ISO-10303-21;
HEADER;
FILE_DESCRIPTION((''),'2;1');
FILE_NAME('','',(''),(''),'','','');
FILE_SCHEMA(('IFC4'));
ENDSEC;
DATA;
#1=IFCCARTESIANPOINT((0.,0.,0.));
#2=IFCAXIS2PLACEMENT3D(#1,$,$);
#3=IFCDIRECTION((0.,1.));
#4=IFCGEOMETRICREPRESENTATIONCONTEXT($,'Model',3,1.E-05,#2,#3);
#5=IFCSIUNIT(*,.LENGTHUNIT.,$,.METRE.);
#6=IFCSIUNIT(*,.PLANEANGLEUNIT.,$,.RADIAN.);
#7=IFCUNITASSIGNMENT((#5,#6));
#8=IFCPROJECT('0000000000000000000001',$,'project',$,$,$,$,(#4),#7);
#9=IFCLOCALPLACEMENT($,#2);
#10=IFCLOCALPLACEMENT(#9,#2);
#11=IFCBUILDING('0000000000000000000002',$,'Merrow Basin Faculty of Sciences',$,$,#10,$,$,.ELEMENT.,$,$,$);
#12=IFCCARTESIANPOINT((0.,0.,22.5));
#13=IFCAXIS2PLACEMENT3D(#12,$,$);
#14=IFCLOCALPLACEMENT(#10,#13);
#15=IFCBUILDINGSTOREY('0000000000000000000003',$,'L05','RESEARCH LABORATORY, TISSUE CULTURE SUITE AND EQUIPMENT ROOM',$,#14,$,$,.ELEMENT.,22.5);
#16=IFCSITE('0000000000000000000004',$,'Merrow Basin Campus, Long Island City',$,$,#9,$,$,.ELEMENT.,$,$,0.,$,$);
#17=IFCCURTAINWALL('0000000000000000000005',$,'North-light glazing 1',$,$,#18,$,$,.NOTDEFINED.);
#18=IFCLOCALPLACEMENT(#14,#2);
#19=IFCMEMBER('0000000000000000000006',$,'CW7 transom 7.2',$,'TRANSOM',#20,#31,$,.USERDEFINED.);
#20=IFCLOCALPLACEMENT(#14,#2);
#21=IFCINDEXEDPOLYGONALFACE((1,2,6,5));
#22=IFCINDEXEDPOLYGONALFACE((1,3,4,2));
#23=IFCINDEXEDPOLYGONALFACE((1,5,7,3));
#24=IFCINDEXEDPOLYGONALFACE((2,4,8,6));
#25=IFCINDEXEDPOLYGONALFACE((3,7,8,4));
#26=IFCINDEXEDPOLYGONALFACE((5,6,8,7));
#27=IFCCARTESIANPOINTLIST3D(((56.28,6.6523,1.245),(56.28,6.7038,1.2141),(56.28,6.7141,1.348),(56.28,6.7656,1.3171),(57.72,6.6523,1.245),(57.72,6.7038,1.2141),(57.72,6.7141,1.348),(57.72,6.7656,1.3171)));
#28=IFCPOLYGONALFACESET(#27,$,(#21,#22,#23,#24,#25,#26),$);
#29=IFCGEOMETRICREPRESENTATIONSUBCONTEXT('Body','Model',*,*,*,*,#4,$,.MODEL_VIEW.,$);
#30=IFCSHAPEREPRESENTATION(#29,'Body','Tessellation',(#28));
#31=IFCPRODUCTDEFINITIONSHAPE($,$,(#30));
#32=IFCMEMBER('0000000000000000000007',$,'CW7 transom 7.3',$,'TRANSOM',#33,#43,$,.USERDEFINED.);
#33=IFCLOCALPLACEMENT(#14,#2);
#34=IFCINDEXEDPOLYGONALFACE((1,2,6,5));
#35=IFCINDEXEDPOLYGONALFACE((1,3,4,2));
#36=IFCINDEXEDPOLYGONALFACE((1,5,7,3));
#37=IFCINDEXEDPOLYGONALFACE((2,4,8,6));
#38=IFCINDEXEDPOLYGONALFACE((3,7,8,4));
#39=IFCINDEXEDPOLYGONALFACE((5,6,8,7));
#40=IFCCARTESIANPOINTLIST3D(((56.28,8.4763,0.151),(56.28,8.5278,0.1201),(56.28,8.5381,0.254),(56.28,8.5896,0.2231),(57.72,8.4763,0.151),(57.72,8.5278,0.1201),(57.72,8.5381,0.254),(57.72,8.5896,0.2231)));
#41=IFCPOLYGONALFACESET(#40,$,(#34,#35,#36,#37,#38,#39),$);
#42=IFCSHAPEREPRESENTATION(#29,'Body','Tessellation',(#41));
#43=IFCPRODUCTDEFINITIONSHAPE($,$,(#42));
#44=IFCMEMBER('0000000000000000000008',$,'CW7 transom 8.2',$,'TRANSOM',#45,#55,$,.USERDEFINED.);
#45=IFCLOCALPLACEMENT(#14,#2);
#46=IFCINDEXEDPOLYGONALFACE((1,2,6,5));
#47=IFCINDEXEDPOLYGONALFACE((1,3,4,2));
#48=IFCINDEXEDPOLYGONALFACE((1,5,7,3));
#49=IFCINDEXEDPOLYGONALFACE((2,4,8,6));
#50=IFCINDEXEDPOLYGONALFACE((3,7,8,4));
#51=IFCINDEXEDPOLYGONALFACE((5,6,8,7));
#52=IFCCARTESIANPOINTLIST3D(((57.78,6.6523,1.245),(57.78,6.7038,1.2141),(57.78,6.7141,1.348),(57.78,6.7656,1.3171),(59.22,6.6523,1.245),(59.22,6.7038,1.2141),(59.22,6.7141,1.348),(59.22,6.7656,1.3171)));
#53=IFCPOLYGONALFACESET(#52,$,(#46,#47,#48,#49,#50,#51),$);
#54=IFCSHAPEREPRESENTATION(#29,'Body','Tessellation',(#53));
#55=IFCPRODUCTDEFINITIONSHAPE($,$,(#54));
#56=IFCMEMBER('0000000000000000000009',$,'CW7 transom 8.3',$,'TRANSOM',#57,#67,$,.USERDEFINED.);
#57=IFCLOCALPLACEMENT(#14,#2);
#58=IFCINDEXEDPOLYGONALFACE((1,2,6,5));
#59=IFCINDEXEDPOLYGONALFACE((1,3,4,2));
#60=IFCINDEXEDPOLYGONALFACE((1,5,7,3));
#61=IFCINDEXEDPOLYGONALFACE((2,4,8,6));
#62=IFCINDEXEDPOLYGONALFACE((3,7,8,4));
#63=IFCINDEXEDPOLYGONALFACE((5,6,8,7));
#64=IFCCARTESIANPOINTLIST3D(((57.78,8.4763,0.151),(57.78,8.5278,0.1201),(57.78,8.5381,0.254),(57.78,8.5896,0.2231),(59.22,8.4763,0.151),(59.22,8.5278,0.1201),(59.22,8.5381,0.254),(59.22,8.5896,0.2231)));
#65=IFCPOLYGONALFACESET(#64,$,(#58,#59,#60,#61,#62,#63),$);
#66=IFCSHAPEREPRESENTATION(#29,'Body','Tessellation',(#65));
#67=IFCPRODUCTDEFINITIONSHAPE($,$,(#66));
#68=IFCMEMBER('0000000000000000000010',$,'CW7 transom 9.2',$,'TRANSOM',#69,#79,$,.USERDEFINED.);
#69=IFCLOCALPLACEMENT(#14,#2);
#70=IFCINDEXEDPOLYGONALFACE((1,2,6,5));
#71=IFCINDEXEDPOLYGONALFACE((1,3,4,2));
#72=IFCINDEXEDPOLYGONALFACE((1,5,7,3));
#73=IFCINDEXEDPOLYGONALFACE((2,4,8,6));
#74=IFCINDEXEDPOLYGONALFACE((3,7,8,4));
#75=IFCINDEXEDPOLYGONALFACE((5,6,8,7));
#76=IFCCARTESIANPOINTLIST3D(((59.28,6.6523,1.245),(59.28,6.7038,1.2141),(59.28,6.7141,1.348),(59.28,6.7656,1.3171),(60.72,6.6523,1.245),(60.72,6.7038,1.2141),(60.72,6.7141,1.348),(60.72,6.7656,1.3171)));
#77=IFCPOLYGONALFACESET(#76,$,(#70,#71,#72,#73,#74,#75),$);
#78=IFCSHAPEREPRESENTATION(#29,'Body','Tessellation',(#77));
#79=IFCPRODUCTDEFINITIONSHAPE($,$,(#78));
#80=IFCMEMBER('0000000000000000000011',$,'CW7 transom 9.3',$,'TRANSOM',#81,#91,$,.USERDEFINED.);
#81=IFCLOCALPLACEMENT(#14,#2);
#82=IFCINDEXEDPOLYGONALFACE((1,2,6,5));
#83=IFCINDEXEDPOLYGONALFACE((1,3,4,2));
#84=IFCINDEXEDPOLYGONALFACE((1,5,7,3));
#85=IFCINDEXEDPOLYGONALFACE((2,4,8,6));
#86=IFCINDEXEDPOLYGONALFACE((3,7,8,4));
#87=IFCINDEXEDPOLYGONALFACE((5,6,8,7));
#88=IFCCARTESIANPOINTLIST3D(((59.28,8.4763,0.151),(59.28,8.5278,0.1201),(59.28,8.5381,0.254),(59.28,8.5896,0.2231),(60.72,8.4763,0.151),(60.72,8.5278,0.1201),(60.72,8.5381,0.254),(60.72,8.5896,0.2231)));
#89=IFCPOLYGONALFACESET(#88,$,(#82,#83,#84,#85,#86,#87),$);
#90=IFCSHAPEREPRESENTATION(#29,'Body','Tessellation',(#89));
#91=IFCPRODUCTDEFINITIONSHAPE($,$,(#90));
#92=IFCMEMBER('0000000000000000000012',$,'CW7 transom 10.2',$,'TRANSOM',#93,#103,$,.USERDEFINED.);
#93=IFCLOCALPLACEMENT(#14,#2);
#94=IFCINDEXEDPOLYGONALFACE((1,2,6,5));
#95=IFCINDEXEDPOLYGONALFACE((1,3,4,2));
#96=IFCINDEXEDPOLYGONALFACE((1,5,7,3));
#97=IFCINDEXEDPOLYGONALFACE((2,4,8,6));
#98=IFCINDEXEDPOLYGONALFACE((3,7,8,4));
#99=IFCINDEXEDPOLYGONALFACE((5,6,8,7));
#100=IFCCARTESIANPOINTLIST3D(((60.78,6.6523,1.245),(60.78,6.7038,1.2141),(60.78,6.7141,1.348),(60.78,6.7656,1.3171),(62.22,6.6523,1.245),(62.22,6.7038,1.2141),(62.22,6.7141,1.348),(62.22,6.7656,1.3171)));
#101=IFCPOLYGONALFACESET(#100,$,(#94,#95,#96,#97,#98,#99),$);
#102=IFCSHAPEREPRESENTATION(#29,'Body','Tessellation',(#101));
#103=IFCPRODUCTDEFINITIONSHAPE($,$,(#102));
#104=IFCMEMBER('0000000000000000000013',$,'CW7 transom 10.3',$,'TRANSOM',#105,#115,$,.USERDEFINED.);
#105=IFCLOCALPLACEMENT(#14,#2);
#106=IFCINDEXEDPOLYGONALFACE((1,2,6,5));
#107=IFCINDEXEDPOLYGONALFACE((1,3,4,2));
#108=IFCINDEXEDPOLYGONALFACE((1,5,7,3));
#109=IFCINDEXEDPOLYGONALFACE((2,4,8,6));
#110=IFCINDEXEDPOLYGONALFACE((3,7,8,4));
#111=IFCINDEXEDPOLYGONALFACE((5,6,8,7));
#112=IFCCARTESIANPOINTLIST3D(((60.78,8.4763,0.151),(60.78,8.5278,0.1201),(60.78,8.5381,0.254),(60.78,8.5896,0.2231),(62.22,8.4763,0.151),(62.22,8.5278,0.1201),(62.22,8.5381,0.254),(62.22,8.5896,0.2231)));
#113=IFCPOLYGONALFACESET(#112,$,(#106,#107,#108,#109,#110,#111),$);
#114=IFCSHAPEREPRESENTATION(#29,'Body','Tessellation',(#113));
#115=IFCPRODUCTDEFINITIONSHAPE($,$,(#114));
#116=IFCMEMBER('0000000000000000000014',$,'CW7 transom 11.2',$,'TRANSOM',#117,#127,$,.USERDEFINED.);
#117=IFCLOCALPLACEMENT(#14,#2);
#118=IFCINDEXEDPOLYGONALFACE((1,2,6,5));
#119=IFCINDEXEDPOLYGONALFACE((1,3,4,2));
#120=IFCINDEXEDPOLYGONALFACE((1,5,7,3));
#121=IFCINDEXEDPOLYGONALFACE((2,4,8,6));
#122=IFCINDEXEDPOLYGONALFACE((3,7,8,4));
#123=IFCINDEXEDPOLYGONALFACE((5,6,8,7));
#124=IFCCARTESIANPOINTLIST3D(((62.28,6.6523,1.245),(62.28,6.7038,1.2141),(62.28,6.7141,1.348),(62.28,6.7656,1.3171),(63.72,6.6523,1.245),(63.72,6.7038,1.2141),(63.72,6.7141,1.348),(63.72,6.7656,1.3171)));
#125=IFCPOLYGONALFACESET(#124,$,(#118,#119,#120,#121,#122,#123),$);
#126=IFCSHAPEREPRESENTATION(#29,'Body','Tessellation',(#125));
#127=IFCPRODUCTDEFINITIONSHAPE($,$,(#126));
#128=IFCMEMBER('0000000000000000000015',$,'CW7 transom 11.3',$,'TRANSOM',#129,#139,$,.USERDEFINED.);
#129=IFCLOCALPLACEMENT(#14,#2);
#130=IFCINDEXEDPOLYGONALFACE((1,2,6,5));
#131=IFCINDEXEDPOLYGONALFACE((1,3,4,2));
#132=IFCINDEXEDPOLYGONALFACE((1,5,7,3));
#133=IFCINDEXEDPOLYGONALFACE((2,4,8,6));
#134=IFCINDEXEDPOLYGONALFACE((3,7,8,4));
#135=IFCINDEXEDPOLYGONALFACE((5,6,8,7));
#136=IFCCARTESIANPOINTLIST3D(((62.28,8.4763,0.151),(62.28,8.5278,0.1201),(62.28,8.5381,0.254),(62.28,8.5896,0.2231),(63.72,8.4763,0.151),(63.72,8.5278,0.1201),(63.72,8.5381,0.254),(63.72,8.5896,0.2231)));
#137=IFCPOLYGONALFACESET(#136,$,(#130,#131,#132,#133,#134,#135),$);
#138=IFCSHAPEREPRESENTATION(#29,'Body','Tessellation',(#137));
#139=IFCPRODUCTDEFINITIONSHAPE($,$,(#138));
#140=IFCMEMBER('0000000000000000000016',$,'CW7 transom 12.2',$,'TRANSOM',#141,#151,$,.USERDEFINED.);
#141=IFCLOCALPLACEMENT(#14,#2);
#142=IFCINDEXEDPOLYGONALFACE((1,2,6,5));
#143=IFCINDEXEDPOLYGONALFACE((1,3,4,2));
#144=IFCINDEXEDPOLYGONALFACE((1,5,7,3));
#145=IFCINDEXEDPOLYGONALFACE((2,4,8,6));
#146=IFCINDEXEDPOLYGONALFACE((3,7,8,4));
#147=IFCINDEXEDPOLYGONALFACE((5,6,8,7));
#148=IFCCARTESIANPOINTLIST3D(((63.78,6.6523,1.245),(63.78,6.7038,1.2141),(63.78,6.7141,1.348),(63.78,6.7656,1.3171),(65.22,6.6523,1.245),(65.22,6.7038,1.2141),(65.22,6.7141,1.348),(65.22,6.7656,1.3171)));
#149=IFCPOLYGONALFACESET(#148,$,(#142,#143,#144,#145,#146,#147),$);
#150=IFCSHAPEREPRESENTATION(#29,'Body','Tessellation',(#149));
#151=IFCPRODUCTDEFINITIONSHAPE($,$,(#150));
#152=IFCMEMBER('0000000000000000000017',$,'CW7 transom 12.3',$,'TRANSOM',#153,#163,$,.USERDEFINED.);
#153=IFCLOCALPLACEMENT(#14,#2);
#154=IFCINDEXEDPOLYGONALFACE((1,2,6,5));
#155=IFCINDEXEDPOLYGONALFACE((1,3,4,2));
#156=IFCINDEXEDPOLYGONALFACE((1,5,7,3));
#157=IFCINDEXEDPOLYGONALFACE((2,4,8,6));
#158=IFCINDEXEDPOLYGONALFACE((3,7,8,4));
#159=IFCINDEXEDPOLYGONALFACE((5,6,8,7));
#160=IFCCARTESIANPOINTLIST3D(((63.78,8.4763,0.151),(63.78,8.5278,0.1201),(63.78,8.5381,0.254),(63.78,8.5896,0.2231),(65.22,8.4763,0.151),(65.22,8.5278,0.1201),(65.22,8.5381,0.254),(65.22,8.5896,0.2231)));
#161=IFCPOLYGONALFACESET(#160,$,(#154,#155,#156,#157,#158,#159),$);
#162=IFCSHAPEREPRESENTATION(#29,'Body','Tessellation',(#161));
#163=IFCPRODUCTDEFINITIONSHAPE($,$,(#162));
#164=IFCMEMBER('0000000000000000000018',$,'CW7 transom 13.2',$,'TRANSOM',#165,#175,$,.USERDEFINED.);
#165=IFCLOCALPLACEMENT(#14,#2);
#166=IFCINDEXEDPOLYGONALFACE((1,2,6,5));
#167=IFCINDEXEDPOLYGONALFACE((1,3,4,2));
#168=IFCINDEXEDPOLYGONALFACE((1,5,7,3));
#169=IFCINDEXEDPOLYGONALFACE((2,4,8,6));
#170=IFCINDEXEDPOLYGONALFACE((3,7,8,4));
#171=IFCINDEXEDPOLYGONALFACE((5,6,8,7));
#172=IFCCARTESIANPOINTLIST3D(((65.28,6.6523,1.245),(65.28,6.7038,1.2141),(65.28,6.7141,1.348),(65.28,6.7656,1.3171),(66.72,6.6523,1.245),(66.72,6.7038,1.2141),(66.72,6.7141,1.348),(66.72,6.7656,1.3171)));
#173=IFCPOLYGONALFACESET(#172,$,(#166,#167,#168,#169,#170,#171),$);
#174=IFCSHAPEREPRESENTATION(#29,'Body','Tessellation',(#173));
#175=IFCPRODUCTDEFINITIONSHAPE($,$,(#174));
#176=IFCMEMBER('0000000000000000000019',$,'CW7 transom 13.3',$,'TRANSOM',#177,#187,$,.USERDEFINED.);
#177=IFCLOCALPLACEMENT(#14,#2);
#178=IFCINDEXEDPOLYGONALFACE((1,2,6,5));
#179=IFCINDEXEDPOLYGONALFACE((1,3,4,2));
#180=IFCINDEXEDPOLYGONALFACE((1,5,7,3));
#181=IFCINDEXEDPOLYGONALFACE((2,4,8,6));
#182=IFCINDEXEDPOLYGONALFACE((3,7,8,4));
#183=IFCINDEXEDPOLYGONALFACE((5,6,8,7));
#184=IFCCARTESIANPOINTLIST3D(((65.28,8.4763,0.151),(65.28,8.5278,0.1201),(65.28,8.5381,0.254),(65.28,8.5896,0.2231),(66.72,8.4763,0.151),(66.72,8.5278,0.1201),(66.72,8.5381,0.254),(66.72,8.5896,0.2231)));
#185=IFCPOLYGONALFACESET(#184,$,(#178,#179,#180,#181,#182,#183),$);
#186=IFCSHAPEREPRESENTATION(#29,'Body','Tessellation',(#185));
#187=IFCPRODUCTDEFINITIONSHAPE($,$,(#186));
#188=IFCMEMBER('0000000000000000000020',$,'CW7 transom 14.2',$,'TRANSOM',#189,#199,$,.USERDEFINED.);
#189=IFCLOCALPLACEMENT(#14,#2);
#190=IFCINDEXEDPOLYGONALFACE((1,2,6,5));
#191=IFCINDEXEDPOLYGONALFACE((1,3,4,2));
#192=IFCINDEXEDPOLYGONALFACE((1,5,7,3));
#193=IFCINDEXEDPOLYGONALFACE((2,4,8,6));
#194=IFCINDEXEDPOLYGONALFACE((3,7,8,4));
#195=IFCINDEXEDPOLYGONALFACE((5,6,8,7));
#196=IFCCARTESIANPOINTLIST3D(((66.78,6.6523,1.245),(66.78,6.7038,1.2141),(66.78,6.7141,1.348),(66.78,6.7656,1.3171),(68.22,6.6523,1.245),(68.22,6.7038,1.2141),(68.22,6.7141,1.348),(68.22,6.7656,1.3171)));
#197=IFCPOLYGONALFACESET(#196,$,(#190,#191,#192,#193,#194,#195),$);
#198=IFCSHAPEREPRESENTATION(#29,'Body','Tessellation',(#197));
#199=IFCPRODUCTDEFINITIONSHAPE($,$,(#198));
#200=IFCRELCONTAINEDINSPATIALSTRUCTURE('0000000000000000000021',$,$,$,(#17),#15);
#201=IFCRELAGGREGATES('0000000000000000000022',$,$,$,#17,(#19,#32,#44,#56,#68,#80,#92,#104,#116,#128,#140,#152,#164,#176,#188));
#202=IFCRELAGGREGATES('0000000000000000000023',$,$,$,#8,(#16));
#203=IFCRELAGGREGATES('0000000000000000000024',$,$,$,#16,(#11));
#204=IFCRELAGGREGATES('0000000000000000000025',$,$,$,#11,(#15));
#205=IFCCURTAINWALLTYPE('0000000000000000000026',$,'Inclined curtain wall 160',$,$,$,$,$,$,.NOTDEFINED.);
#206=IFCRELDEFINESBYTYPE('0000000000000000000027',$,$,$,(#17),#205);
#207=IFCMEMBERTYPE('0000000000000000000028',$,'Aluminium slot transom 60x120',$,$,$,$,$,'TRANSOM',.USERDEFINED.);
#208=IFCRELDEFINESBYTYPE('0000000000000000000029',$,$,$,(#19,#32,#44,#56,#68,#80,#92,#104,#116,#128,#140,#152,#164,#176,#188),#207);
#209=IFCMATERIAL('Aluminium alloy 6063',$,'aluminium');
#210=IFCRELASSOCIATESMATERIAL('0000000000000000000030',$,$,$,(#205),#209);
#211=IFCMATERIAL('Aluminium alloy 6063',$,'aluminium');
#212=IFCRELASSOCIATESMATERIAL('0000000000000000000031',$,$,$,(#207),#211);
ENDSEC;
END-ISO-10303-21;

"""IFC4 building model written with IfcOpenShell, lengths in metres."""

from ifc_helpers import new_model, si_unit, direction, frame, origin, origin_2d, place, context, subcontext, project, spatial, rectangle, extrude, material, material_profile, profile_set, type_object, element, aggregate, save


model = new_model("IFC4")

# Units and contexts
model_context = context("Model", 3, precision=1e-05, world=origin(), true_north=direction((0.0, 1.0)))
body_context = subcontext(model_context, "Body", "Model", "MODEL_VIEW")
ifc_project = project(units=[si_unit("LENGTHUNIT", "METRE"), si_unit("PLANEANGLEUNIT", "RADIAN")], contexts=[model_context])

# Site, building, storey
site_placement = place(None, origin())
site = spatial("IfcSite", under=ifc_project, at=site_placement, Name="Merrow Basin Campus, Long Island City", CompositionType="ELEMENT", RefElevation=0.0)
building_placement = place(site_placement, origin())
building = spatial("IfcBuilding", under=site, at=building_placement, Name="Merrow Basin Faculty of Sciences", CompositionType="ELEMENT")
storey_placement = place(building_placement, frame((0.0, 0.0, 22.5)))
storey = spatial("IfcBuildingStorey", under=building, at=storey_placement, Name="L05", Description="RESEARCH LABORATORY, TISSUE CULTURE SUITE AND EQUIPMENT ROOM", CompositionType="ELEMENT", Elevation=22.5)

# Curtain wall, members
ifc_material_1 = material(Name="Aluminium alloy 6063", Category="aluminium")
curtain_wall_type = type_object("IfcCurtainWallType", Name="Inclined curtain wall 160", PredefinedType="NOTDEFINED", material=ifc_material_1)
curtain_wall_1_placement = place(storey_placement, origin())
curtain_wall_1 = element("IfcCurtainWall", 1, at=curtain_wall_1_placement, inside=storey, type_object=curtain_wall_type, Name="North-light glazing 1", PredefinedType="NOTDEFINED")
ifc_material_2 = material(Name="Aluminium alloy 6063", Category="aluminium")
ifc_material_profile = material_profile(ifc_material_2, rectangle(XDim=0.0601, YDim=0.1201, at=origin_2d()))
ifc_profile_set = profile_set([ifc_material_profile], Name="Aluminium alloy 6063")
member_type = type_object("IfcMemberType", Name="Aluminium slot transom 60x120", ElementType="TRANSOM", PredefinedType="USERDEFINED", material=ifc_profile_set)
member_1_placement = place(storey_placement, frame((56.28, 6.709, 1.281), z_axis=(1.0, 0.0, 0.0), x_axis=(0.0, 0.857493, -0.514496)))
member_1 = element("IfcMember", 2, at=member_1_placement, type_object=member_type, Name="CW7 transom 7.2", ObjectType="TRANSOM", PredefinedType="USERDEFINED", context=body_context, shape_type="SweptSolid", body=[
    extrude(rectangle(XDim=0.0601, YDim=0.1201, at=origin_2d()), origin(), (0.0, 0.0, 1.0), 1.4399),
])
member_2_placement = place(storey_placement, frame((56.28, 8.533, 0.187), z_axis=(1.0, 0.0, 0.0), x_axis=(0.0, 0.857493, -0.514496)))
member_2 = element("IfcMember", 3, at=member_2_placement, type_object=member_type, Name="CW7 transom 7.3", ObjectType="TRANSOM", PredefinedType="USERDEFINED", context=body_context, shape_type="SweptSolid", body=[
    extrude(rectangle(XDim=0.0601, YDim=0.1201, at=origin_2d()), origin(), (0.0, 0.0, 1.0), 1.4399),
])
member_3_placement = place(storey_placement, frame((57.78, 6.709, 1.281), z_axis=(1.0, 0.0, 0.0), x_axis=(0.0, 0.857493, -0.514496)))
member_3 = element("IfcMember", 4, at=member_3_placement, type_object=member_type, Name="CW7 transom 8.2", ObjectType="TRANSOM", PredefinedType="USERDEFINED", context=body_context, shape_type="SweptSolid", body=[
    extrude(rectangle(XDim=0.0601, YDim=0.1201, at=origin_2d()), origin(), (0.0, 0.0, 1.0), 1.4399),
])
member_4_placement = place(storey_placement, frame((57.78, 8.533, 0.187), z_axis=(1.0, 0.0, 0.0), x_axis=(0.0, 0.857493, -0.514496)))
member_4 = element("IfcMember", 5, at=member_4_placement, type_object=member_type, Name="CW7 transom 8.3", ObjectType="TRANSOM", PredefinedType="USERDEFINED", context=body_context, shape_type="SweptSolid", body=[
    extrude(rectangle(XDim=0.0601, YDim=0.1201, at=origin_2d()), origin(), (0.0, 0.0, 1.0), 1.4399),
])
member_5_placement = place(storey_placement, frame((59.28, 6.709, 1.281), z_axis=(1.0, 0.0, 0.0), x_axis=(0.0, 0.857493, -0.514496)))
member_5 = element("IfcMember", 6, at=member_5_placement, type_object=member_type, Name="CW7 transom 9.2", ObjectType="TRANSOM", PredefinedType="USERDEFINED", context=body_context, shape_type="SweptSolid", body=[
    extrude(rectangle(XDim=0.0601, YDim=0.1201, at=origin_2d()), origin(), (0.0, 0.0, 1.0), 1.4399),
])
member_6_placement = place(storey_placement, frame((59.28, 8.533, 0.187), z_axis=(1.0, 0.0, 0.0), x_axis=(0.0, 0.857493, -0.514496)))
member_6 = element("IfcMember", 7, at=member_6_placement, type_object=member_type, Name="CW7 transom 9.3", ObjectType="TRANSOM", PredefinedType="USERDEFINED", context=body_context, shape_type="SweptSolid", body=[
    extrude(rectangle(XDim=0.0601, YDim=0.1201, at=origin_2d()), origin(), (0.0, 0.0, 1.0), 1.4399),
])
member_7_placement = place(storey_placement, frame((60.78, 6.709, 1.281), z_axis=(1.0, 0.0, 0.0), x_axis=(0.0, 0.857493, -0.514496)))
member_7 = element("IfcMember", 8, at=member_7_placement, type_object=member_type, Name="CW7 transom 10.2", ObjectType="TRANSOM", PredefinedType="USERDEFINED", context=body_context, shape_type="SweptSolid", body=[
    extrude(rectangle(XDim=0.0601, YDim=0.1201, at=origin_2d()), origin(), (0.0, 0.0, 1.0), 1.4399),
])
member_8_placement = place(storey_placement, frame((60.78, 8.533, 0.187), z_axis=(1.0, 0.0, 0.0), x_axis=(0.0, 0.857493, -0.514496)))
member_8 = element("IfcMember", 9, at=member_8_placement, type_object=member_type, Name="CW7 transom 10.3", ObjectType="TRANSOM", PredefinedType="USERDEFINED", context=body_context, shape_type="SweptSolid", body=[
    extrude(rectangle(XDim=0.0601, YDim=0.1201, at=origin_2d()), origin(), (0.0, 0.0, 1.0), 1.4399),
])
member_9_placement = place(storey_placement, frame((62.28, 6.709, 1.281), z_axis=(1.0, 0.0, 0.0), x_axis=(0.0, 0.857493, -0.514496)))
member_9 = element("IfcMember", 10, at=member_9_placement, type_object=member_type, Name="CW7 transom 11.2", ObjectType="TRANSOM", PredefinedType="USERDEFINED", context=body_context, shape_type="SweptSolid", body=[
    extrude(rectangle(XDim=0.0601, YDim=0.1201, at=origin_2d()), origin(), (0.0, 0.0, 1.0), 1.4399),
])
member_10_placement = place(storey_placement, frame((62.28, 8.533, 0.187), z_axis=(1.0, 0.0, 0.0), x_axis=(0.0, 0.857493, -0.514496)))
member_10 = element("IfcMember", 11, at=member_10_placement, type_object=member_type, Name="CW7 transom 11.3", ObjectType="TRANSOM", PredefinedType="USERDEFINED", context=body_context, shape_type="SweptSolid", body=[
    extrude(rectangle(XDim=0.0601, YDim=0.1201, at=origin_2d()), origin(), (0.0, 0.0, 1.0), 1.4399),
])
member_11_placement = place(storey_placement, frame((63.78, 6.709, 1.281), z_axis=(1.0, 0.0, 0.0), x_axis=(0.0, 0.857493, -0.514496)))
member_11 = element("IfcMember", 12, at=member_11_placement, type_object=member_type, Name="CW7 transom 12.2", ObjectType="TRANSOM", PredefinedType="USERDEFINED", context=body_context, shape_type="SweptSolid", body=[
    extrude(rectangle(XDim=0.0601, YDim=0.1201, at=origin_2d()), origin(), (0.0, 0.0, 1.0), 1.4399),
])
member_12_placement = place(storey_placement, frame((63.78, 8.533, 0.187), z_axis=(1.0, 0.0, 0.0), x_axis=(0.0, 0.857493, -0.514496)))
member_12 = element("IfcMember", 13, at=member_12_placement, type_object=member_type, Name="CW7 transom 12.3", ObjectType="TRANSOM", PredefinedType="USERDEFINED", context=body_context, shape_type="SweptSolid", body=[
    extrude(rectangle(XDim=0.0601, YDim=0.1201, at=origin_2d()), origin(), (0.0, 0.0, 1.0), 1.4399),
])
member_13_placement = place(storey_placement, frame((65.28, 6.709, 1.281), z_axis=(1.0, 0.0, 0.0), x_axis=(0.0, 0.857493, -0.514496)))
member_13 = element("IfcMember", 14, at=member_13_placement, type_object=member_type, Name="CW7 transom 13.2", ObjectType="TRANSOM", PredefinedType="USERDEFINED", context=body_context, shape_type="SweptSolid", body=[
    extrude(rectangle(XDim=0.0601, YDim=0.1201, at=origin_2d()), origin(), (0.0, 0.0, 1.0), 1.4399),
])
member_14_placement = place(storey_placement, frame((65.28, 8.533, 0.187), z_axis=(1.0, 0.0, 0.0), x_axis=(0.0, 0.857493, -0.514496)))
member_14 = element("IfcMember", 15, at=member_14_placement, type_object=member_type, Name="CW7 transom 13.3", ObjectType="TRANSOM", PredefinedType="USERDEFINED", context=body_context, shape_type="SweptSolid", body=[
    extrude(rectangle(XDim=0.0601, YDim=0.1201, at=origin_2d()), origin(), (0.0, 0.0, 1.0), 1.4399),
])
member_15_placement = place(storey_placement, frame((66.78, 6.709, 1.281), z_axis=(1.0, 0.0, 0.0), x_axis=(0.0, 0.857493, -0.514496)))
member_15 = element("IfcMember", 16, at=member_15_placement, type_object=member_type, Name="CW7 transom 14.2", ObjectType="TRANSOM", PredefinedType="USERDEFINED", context=body_context, shape_type="SweptSolid", body=[
    extrude(rectangle(XDim=0.0601, YDim=0.1201, at=origin_2d()), origin(), (0.0, 0.0, 1.0), 1.4399),
])
aggregate(curtain_wall_1, [member_1, member_2, member_3, member_4, member_5, member_6, member_7, member_8, member_9, member_10, member_11, member_12, member_13, member_14, member_15])

save(model, "model.ifc")
